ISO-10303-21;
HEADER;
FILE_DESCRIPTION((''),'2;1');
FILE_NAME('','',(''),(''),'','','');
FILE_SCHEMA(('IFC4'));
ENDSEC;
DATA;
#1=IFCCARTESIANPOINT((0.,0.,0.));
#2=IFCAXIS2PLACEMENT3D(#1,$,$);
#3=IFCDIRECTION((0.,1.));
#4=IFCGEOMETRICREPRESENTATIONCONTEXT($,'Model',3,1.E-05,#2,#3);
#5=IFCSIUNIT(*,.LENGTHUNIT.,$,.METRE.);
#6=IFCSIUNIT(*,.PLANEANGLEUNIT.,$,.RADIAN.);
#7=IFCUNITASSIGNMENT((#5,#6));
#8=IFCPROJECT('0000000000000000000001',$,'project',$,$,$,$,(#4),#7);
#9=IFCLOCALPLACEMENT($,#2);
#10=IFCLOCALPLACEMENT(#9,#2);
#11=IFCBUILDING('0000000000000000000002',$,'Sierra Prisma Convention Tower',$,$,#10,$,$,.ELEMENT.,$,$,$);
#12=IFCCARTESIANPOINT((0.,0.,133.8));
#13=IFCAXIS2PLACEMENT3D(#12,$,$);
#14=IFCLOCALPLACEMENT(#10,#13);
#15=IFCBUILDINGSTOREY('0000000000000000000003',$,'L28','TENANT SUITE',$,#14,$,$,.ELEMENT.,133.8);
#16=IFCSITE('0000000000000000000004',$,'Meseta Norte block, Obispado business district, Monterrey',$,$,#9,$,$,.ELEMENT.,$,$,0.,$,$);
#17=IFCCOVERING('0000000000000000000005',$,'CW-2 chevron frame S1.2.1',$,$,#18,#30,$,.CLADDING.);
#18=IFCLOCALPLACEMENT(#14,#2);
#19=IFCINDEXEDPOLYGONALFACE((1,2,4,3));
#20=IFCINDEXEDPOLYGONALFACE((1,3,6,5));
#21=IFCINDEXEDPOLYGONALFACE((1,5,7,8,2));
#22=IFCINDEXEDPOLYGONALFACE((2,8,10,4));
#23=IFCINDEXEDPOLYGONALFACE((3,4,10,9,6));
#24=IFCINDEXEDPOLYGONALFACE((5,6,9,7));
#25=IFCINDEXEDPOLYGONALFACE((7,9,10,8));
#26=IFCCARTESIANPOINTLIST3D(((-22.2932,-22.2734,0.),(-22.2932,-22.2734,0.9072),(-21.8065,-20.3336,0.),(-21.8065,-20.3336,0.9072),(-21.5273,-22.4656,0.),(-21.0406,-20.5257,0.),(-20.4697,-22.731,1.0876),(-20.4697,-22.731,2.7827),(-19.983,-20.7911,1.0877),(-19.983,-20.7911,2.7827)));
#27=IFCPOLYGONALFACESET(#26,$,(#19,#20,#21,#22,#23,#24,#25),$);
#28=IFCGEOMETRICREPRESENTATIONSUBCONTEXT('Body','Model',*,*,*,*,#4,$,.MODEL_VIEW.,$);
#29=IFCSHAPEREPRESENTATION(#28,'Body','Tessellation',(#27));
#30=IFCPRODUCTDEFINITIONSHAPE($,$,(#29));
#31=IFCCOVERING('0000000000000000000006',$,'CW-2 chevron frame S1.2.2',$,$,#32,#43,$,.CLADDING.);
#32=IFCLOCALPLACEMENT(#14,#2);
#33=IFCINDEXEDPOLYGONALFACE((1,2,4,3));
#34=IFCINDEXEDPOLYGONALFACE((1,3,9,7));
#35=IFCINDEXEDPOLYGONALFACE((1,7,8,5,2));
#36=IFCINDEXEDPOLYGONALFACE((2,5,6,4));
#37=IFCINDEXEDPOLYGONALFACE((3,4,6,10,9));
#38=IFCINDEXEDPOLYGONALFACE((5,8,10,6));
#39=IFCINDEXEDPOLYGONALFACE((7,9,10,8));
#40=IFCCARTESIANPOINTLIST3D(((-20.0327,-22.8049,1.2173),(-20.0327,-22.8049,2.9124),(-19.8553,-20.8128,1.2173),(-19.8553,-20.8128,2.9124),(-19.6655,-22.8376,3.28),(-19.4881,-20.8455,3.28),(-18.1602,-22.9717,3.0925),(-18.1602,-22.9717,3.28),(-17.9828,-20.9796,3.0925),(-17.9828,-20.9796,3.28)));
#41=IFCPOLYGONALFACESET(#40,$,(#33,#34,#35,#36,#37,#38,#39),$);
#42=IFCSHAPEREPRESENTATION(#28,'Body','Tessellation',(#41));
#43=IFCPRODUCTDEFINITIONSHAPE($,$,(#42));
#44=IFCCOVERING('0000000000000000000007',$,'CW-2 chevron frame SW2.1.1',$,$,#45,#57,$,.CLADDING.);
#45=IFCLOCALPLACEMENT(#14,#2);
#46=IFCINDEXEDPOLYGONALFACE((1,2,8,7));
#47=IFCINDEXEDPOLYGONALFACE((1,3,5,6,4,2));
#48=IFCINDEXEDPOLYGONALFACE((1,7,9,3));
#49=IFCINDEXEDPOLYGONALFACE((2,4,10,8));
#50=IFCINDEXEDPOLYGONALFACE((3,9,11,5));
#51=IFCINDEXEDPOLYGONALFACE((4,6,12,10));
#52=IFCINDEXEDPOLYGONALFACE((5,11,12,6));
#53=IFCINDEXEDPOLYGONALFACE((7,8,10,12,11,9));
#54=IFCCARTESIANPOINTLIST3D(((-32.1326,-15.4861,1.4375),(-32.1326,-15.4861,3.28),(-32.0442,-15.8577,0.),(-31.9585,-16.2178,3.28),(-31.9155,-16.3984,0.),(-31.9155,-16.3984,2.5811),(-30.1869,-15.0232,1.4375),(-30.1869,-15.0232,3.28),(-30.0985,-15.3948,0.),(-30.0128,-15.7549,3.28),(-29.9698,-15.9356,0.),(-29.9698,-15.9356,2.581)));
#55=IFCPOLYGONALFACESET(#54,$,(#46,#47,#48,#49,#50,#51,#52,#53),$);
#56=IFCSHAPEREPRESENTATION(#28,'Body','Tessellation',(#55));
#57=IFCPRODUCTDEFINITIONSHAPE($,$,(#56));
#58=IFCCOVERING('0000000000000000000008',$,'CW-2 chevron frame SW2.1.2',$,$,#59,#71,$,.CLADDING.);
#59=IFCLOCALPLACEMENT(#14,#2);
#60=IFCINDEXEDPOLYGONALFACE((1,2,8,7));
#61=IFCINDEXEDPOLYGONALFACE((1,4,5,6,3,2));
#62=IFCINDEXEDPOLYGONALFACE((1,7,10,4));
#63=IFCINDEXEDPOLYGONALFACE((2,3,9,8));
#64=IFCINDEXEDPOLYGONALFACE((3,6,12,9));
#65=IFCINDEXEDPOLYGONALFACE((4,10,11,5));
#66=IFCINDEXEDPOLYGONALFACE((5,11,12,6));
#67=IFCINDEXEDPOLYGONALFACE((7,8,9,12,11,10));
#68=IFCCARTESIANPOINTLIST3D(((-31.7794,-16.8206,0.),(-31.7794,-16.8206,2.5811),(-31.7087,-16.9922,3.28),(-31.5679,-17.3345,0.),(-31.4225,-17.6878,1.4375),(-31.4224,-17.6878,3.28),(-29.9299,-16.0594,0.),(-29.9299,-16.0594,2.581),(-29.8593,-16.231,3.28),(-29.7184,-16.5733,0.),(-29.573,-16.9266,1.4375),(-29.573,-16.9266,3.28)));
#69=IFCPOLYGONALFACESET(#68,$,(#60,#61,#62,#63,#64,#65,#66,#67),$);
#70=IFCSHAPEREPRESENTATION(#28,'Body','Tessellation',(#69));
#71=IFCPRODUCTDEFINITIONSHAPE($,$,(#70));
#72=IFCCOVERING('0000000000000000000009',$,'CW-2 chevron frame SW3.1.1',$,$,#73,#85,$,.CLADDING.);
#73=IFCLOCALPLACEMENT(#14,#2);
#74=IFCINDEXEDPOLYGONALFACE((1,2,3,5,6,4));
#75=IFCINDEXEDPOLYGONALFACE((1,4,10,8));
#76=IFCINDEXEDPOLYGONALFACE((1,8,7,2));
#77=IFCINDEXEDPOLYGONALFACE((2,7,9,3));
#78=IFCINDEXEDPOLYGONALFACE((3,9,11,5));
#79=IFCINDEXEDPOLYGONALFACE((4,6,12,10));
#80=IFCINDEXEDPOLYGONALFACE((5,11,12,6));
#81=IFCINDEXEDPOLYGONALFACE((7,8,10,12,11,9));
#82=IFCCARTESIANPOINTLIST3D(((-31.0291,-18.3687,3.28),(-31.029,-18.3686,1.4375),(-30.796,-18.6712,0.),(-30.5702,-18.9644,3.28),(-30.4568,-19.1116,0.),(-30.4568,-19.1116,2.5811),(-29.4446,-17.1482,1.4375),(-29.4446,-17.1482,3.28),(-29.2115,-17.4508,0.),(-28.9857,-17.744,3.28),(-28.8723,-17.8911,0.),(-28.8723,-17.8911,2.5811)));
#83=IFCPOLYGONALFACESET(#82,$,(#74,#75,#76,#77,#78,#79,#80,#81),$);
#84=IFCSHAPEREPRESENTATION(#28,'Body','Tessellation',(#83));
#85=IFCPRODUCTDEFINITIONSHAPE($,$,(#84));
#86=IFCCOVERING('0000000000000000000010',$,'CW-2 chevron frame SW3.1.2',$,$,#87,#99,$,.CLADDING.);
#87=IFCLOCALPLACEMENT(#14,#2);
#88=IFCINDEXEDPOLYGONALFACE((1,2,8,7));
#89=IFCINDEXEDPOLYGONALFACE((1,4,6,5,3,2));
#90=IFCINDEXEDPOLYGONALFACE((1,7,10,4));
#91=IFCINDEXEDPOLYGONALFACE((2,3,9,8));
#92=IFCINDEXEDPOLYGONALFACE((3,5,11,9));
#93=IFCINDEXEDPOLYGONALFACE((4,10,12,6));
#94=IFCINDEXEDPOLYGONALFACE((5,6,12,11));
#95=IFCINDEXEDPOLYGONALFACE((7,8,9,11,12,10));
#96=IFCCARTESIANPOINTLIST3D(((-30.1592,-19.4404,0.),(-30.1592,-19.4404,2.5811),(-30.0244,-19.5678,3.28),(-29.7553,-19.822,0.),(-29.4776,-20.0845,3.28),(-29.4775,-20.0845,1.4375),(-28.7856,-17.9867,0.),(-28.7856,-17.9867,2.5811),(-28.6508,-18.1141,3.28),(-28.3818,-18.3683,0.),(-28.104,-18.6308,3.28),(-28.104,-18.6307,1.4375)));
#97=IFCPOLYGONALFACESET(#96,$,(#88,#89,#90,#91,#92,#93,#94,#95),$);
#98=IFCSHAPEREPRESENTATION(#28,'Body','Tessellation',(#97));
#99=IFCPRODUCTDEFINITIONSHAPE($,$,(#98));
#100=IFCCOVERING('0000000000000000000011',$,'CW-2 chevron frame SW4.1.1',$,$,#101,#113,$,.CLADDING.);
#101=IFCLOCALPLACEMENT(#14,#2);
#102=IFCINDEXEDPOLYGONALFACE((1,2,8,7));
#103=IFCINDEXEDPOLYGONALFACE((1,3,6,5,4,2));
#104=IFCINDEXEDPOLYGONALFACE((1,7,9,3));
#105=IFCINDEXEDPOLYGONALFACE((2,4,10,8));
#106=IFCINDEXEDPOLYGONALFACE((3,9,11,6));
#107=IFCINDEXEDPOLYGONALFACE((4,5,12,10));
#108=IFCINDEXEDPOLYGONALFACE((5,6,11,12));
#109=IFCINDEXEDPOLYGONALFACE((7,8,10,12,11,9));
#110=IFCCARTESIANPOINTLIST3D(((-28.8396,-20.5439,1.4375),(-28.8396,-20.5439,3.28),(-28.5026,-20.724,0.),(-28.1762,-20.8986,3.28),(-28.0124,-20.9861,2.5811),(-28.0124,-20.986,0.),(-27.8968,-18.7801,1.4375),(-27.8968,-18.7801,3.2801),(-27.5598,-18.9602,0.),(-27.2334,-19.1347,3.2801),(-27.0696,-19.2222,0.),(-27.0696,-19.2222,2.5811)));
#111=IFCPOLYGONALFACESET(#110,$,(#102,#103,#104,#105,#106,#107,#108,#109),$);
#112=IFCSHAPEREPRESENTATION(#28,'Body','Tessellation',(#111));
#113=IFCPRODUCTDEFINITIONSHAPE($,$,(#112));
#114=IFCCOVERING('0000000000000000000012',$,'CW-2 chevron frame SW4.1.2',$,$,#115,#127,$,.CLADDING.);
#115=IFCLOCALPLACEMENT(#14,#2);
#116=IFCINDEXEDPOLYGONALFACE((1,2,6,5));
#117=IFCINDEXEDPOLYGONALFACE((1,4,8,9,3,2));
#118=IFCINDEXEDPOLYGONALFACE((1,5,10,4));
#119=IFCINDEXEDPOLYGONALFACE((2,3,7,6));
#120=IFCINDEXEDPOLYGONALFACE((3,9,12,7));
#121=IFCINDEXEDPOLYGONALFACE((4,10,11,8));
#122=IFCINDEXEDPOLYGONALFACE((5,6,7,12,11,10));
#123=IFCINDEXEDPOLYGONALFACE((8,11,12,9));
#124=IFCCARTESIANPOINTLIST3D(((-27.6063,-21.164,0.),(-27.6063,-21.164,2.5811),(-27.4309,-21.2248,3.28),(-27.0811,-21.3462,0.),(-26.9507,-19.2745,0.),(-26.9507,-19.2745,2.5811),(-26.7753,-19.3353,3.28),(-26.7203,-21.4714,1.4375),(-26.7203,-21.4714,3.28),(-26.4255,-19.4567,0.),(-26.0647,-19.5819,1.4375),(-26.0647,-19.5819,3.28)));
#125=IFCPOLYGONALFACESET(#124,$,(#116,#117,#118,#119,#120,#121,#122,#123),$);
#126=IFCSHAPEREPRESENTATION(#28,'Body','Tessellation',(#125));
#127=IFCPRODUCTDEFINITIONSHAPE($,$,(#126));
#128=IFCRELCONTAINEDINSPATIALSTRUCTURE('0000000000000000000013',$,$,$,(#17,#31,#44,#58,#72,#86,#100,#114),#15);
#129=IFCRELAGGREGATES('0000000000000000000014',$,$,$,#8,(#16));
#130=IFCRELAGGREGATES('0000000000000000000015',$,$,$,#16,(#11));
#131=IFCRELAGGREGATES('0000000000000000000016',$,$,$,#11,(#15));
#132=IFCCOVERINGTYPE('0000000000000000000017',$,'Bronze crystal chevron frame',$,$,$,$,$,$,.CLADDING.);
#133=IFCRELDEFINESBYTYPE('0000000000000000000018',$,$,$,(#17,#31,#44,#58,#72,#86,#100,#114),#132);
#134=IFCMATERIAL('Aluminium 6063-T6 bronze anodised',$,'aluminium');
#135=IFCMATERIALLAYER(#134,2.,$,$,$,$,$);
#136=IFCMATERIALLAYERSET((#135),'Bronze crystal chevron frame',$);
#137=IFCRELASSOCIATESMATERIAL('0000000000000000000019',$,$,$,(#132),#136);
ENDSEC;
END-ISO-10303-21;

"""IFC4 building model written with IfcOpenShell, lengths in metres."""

from ifc_helpers import new_model, si_unit, direction, frame, origin, place, context, subcontext, project, spatial, polyline, outline, extrude, material, layer, layer_set, type_object, element, save


model = new_model("IFC4")

# Units and contexts
model_context = context("Model", 3, precision=1e-05, world=origin(), true_north=direction((0.0, 1.0)))
body_context = subcontext(model_context, "Body", "Model", "MODEL_VIEW")
ifc_project = project(units=[si_unit("LENGTHUNIT", "METRE"), si_unit("PLANEANGLEUNIT", "RADIAN")], contexts=[model_context])

# Site, building, storey
site_placement = place(None, origin())
site = spatial("IfcSite", under=ifc_project, at=site_placement, Name="Meseta Norte block, Obispado business district, Monterrey", CompositionType="ELEMENT", RefElevation=0.0)
building_placement = place(site_placement, origin())
building = spatial("IfcBuilding", under=site, at=building_placement, Name="Sierra Prisma Convention Tower", CompositionType="ELEMENT")
storey_placement = place(building_placement, frame((0.0, 0.0, 133.8)))
storey = spatial("IfcBuildingStorey", under=building, at=storey_placement, Name="L28", Description="TENANT SUITE", CompositionType="ELEMENT", Elevation=133.8)

# Coverings
ifc_material_1 = material(Name="Aluminium 6063-T6 bronze anodised", Category="aluminium")
ifc_layer_1 = layer(ifc_material_1, 2.0)
ifc_layer_set_1 = layer_set([ifc_layer_1], Name="Bronze crystal chevron frame")
covering_type = type_object("IfcCoveringType", Name="Bronze crystal chevron frame", PredefinedType="CLADDING", material=ifc_layer_set_1)
covering_1_placement = place(storey_placement, frame((-22.2932, -22.2734, 0.0), z_axis=(-0.243357, -0.969937, -0.000007), x_axis=(0.969937, -0.243357, 0.0)))
element("IfcCovering", 1, at=covering_1_placement, inside=storey, type_object=covering_type, Name="CW-2 chevron frame S1.2.1", PredefinedType="CLADDING", context=body_context, shape_type="SweptSolid", body=[
    extrude(outline(polyline([(0.0, 0.0), (0.7896, 0.0), (1.88, 1.0876), (1.88, 2.7827), (0.0, 0.9072), (0.0, 0.0)])), origin(), (0.0, 0.0, -1.0), 2.0),
])
covering_2_placement = place(storey_placement, frame((-18.1602, -22.9717, 3.28), z_axis=(-0.088696, -0.996059, -0.000008), x_axis=(-0.996059, 0.088696, 0.0)))
element("IfcCovering", 2, at=covering_2_placement, inside=storey, type_object=covering_type, Name="CW-2 chevron frame S1.2.2", PredefinedType="CLADDING", context=body_context, shape_type="SweptSolid", body=[
    extrude(outline(polyline([(0.0, 0.0), (1.5113, 0.0), (1.88, 0.3677), (1.88, 2.0627), (0.0, 0.1875), (0.0, 0.0)])), origin(), (0.0, 0.0, -1.0), 2.0),
])
covering_3_placement = place(storey_placement, frame((-32.1326, -15.4861, 3.28), z_axis=(-0.97285, -0.231438, 0.000004), x_axis=(-0.000004, -0.000001, -1.0)))
element("IfcCovering", 3, at=covering_3_placement, inside=storey, type_object=covering_type, Name="CW-2 chevron frame SW2.1.1", PredefinedType="CLADDING", context=body_context, shape_type="SweptSolid", body=[
    extrude(outline(polyline([(0.0, 0.0), (1.8425, 0.0), (3.28, 0.3819), (3.28, 0.9378), (0.699, 0.9378), (0.0, 0.7521), (0.0, 0.0)])), origin(), (0.0, 0.0, -1.0), 2.0),
])
covering_4_placement = place(storey_placement, frame((-31.5679, -17.3345, 0.0), z_axis=(-0.924738, -0.380605, 0.000002), x_axis=(0.097767, -0.237533, 0.966447)))
element("IfcCovering", 4, at=covering_4_placement, inside=storey, type_object=covering_type, Name="CW-2 chevron frame SW2.1.2", PredefinedType="CLADDING", context=body_context, shape_type="SweptSolid", body=[
    extrude(outline(polyline([(0.0, 0.0), (1.4874, 0.0), (3.2681, 0.4733), (3.0749, 1.2002), (2.3517, 1.2), (-0.1427, 0.5371), (0.0, 0.0)])), origin(), (0.0, 0.0, -1.0), 2.0),
])
covering_5_placement = place(storey_placement, frame((-31.0291, -18.3687, 3.28), z_axis=(-0.792229, -0.610224, -0.000004), x_axis=(0.000003, 0.000002, -1.0)))
element("IfcCovering", 5, at=covering_5_placement, inside=storey, type_object=covering_type, Name="CW-2 chevron frame SW3.1.1", PredefinedType="CLADDING", context=body_context, shape_type="SweptSolid", body=[
    extrude(outline(polyline([(0.0, 0.0), (1.8425, 0.0), (3.28, 0.3819), (3.28, 0.9378), (0.699, 0.9378), (0.0, 0.752), (0.0, 0.0)])), origin(), (0.0, 0.0, -1.0), 2.0),
])
covering_6_placement = place(storey_placement, frame((-30.1592, -19.4404, 0.0), z_axis=(-0.686777, -0.726868, -0.000007), x_axis=(0.726868, -0.686777, 0.0)))
element("IfcCovering", 6, at=covering_6_placement, inside=storey, type_object=covering_type, Name="CW-2 chevron frame SW3.1.2", PredefinedType="CLADDING", context=body_context, shape_type="SweptSolid", body=[
    extrude(outline(polyline([(0.0, 0.0), (0.5556, 0.0), (0.9378, 1.4375), (0.9378, 3.28), (0.1855, 3.28), (0.0, 2.5811), (0.0, 0.0)])), origin(), (0.0, 0.0, -1.0), 2.0),
])
covering_7_placement = place(storey_placement, frame((-28.8396, -20.5439, 3.28), z_axis=(-0.471411, -0.881913, -0.000012), x_axis=(0.000006, 0.000011, -1.0)))
element("IfcCovering", 7, at=covering_7_placement, inside=storey, type_object=covering_type, Name="CW-2 chevron frame SW4.1.1", PredefinedType="CLADDING", context=body_context, shape_type="SweptSolid", body=[
    extrude(outline(polyline([(0.0, 0.0), (1.8425, 0.0), (3.28, 0.3821), (3.28, 0.9379), (0.699, 0.9379), (0.0, 0.7522), (0.0, 0.0)])), origin(), (0.0, 0.0, -1.0), 2.0),
])
covering_8_placement = place(storey_placement, frame((-27.0811, -21.3462, 0.0), z_axis=(-0.327781, -0.944754, -0.000006), x_axis=(0.242562, -0.084163, 0.966478)))
element("IfcCovering", 8, at=covering_8_placement, inside=storey, type_object=covering_type, Name="CW-2 chevron frame SW4.1.2", PredefinedType="CLADDING", context=body_context, shape_type="SweptSolid", body=[
    extrude(outline(polyline([(0.0, 0.0), (1.4874, 0.0), (3.2681, 0.4731), (3.075, 1.2), (2.3518, 1.2), (-0.1427, 0.5373), (0.0, 0.0)])), origin(), (0.0, 0.0, -1.0), 2.0),
])

save(model, "model.ifc")
